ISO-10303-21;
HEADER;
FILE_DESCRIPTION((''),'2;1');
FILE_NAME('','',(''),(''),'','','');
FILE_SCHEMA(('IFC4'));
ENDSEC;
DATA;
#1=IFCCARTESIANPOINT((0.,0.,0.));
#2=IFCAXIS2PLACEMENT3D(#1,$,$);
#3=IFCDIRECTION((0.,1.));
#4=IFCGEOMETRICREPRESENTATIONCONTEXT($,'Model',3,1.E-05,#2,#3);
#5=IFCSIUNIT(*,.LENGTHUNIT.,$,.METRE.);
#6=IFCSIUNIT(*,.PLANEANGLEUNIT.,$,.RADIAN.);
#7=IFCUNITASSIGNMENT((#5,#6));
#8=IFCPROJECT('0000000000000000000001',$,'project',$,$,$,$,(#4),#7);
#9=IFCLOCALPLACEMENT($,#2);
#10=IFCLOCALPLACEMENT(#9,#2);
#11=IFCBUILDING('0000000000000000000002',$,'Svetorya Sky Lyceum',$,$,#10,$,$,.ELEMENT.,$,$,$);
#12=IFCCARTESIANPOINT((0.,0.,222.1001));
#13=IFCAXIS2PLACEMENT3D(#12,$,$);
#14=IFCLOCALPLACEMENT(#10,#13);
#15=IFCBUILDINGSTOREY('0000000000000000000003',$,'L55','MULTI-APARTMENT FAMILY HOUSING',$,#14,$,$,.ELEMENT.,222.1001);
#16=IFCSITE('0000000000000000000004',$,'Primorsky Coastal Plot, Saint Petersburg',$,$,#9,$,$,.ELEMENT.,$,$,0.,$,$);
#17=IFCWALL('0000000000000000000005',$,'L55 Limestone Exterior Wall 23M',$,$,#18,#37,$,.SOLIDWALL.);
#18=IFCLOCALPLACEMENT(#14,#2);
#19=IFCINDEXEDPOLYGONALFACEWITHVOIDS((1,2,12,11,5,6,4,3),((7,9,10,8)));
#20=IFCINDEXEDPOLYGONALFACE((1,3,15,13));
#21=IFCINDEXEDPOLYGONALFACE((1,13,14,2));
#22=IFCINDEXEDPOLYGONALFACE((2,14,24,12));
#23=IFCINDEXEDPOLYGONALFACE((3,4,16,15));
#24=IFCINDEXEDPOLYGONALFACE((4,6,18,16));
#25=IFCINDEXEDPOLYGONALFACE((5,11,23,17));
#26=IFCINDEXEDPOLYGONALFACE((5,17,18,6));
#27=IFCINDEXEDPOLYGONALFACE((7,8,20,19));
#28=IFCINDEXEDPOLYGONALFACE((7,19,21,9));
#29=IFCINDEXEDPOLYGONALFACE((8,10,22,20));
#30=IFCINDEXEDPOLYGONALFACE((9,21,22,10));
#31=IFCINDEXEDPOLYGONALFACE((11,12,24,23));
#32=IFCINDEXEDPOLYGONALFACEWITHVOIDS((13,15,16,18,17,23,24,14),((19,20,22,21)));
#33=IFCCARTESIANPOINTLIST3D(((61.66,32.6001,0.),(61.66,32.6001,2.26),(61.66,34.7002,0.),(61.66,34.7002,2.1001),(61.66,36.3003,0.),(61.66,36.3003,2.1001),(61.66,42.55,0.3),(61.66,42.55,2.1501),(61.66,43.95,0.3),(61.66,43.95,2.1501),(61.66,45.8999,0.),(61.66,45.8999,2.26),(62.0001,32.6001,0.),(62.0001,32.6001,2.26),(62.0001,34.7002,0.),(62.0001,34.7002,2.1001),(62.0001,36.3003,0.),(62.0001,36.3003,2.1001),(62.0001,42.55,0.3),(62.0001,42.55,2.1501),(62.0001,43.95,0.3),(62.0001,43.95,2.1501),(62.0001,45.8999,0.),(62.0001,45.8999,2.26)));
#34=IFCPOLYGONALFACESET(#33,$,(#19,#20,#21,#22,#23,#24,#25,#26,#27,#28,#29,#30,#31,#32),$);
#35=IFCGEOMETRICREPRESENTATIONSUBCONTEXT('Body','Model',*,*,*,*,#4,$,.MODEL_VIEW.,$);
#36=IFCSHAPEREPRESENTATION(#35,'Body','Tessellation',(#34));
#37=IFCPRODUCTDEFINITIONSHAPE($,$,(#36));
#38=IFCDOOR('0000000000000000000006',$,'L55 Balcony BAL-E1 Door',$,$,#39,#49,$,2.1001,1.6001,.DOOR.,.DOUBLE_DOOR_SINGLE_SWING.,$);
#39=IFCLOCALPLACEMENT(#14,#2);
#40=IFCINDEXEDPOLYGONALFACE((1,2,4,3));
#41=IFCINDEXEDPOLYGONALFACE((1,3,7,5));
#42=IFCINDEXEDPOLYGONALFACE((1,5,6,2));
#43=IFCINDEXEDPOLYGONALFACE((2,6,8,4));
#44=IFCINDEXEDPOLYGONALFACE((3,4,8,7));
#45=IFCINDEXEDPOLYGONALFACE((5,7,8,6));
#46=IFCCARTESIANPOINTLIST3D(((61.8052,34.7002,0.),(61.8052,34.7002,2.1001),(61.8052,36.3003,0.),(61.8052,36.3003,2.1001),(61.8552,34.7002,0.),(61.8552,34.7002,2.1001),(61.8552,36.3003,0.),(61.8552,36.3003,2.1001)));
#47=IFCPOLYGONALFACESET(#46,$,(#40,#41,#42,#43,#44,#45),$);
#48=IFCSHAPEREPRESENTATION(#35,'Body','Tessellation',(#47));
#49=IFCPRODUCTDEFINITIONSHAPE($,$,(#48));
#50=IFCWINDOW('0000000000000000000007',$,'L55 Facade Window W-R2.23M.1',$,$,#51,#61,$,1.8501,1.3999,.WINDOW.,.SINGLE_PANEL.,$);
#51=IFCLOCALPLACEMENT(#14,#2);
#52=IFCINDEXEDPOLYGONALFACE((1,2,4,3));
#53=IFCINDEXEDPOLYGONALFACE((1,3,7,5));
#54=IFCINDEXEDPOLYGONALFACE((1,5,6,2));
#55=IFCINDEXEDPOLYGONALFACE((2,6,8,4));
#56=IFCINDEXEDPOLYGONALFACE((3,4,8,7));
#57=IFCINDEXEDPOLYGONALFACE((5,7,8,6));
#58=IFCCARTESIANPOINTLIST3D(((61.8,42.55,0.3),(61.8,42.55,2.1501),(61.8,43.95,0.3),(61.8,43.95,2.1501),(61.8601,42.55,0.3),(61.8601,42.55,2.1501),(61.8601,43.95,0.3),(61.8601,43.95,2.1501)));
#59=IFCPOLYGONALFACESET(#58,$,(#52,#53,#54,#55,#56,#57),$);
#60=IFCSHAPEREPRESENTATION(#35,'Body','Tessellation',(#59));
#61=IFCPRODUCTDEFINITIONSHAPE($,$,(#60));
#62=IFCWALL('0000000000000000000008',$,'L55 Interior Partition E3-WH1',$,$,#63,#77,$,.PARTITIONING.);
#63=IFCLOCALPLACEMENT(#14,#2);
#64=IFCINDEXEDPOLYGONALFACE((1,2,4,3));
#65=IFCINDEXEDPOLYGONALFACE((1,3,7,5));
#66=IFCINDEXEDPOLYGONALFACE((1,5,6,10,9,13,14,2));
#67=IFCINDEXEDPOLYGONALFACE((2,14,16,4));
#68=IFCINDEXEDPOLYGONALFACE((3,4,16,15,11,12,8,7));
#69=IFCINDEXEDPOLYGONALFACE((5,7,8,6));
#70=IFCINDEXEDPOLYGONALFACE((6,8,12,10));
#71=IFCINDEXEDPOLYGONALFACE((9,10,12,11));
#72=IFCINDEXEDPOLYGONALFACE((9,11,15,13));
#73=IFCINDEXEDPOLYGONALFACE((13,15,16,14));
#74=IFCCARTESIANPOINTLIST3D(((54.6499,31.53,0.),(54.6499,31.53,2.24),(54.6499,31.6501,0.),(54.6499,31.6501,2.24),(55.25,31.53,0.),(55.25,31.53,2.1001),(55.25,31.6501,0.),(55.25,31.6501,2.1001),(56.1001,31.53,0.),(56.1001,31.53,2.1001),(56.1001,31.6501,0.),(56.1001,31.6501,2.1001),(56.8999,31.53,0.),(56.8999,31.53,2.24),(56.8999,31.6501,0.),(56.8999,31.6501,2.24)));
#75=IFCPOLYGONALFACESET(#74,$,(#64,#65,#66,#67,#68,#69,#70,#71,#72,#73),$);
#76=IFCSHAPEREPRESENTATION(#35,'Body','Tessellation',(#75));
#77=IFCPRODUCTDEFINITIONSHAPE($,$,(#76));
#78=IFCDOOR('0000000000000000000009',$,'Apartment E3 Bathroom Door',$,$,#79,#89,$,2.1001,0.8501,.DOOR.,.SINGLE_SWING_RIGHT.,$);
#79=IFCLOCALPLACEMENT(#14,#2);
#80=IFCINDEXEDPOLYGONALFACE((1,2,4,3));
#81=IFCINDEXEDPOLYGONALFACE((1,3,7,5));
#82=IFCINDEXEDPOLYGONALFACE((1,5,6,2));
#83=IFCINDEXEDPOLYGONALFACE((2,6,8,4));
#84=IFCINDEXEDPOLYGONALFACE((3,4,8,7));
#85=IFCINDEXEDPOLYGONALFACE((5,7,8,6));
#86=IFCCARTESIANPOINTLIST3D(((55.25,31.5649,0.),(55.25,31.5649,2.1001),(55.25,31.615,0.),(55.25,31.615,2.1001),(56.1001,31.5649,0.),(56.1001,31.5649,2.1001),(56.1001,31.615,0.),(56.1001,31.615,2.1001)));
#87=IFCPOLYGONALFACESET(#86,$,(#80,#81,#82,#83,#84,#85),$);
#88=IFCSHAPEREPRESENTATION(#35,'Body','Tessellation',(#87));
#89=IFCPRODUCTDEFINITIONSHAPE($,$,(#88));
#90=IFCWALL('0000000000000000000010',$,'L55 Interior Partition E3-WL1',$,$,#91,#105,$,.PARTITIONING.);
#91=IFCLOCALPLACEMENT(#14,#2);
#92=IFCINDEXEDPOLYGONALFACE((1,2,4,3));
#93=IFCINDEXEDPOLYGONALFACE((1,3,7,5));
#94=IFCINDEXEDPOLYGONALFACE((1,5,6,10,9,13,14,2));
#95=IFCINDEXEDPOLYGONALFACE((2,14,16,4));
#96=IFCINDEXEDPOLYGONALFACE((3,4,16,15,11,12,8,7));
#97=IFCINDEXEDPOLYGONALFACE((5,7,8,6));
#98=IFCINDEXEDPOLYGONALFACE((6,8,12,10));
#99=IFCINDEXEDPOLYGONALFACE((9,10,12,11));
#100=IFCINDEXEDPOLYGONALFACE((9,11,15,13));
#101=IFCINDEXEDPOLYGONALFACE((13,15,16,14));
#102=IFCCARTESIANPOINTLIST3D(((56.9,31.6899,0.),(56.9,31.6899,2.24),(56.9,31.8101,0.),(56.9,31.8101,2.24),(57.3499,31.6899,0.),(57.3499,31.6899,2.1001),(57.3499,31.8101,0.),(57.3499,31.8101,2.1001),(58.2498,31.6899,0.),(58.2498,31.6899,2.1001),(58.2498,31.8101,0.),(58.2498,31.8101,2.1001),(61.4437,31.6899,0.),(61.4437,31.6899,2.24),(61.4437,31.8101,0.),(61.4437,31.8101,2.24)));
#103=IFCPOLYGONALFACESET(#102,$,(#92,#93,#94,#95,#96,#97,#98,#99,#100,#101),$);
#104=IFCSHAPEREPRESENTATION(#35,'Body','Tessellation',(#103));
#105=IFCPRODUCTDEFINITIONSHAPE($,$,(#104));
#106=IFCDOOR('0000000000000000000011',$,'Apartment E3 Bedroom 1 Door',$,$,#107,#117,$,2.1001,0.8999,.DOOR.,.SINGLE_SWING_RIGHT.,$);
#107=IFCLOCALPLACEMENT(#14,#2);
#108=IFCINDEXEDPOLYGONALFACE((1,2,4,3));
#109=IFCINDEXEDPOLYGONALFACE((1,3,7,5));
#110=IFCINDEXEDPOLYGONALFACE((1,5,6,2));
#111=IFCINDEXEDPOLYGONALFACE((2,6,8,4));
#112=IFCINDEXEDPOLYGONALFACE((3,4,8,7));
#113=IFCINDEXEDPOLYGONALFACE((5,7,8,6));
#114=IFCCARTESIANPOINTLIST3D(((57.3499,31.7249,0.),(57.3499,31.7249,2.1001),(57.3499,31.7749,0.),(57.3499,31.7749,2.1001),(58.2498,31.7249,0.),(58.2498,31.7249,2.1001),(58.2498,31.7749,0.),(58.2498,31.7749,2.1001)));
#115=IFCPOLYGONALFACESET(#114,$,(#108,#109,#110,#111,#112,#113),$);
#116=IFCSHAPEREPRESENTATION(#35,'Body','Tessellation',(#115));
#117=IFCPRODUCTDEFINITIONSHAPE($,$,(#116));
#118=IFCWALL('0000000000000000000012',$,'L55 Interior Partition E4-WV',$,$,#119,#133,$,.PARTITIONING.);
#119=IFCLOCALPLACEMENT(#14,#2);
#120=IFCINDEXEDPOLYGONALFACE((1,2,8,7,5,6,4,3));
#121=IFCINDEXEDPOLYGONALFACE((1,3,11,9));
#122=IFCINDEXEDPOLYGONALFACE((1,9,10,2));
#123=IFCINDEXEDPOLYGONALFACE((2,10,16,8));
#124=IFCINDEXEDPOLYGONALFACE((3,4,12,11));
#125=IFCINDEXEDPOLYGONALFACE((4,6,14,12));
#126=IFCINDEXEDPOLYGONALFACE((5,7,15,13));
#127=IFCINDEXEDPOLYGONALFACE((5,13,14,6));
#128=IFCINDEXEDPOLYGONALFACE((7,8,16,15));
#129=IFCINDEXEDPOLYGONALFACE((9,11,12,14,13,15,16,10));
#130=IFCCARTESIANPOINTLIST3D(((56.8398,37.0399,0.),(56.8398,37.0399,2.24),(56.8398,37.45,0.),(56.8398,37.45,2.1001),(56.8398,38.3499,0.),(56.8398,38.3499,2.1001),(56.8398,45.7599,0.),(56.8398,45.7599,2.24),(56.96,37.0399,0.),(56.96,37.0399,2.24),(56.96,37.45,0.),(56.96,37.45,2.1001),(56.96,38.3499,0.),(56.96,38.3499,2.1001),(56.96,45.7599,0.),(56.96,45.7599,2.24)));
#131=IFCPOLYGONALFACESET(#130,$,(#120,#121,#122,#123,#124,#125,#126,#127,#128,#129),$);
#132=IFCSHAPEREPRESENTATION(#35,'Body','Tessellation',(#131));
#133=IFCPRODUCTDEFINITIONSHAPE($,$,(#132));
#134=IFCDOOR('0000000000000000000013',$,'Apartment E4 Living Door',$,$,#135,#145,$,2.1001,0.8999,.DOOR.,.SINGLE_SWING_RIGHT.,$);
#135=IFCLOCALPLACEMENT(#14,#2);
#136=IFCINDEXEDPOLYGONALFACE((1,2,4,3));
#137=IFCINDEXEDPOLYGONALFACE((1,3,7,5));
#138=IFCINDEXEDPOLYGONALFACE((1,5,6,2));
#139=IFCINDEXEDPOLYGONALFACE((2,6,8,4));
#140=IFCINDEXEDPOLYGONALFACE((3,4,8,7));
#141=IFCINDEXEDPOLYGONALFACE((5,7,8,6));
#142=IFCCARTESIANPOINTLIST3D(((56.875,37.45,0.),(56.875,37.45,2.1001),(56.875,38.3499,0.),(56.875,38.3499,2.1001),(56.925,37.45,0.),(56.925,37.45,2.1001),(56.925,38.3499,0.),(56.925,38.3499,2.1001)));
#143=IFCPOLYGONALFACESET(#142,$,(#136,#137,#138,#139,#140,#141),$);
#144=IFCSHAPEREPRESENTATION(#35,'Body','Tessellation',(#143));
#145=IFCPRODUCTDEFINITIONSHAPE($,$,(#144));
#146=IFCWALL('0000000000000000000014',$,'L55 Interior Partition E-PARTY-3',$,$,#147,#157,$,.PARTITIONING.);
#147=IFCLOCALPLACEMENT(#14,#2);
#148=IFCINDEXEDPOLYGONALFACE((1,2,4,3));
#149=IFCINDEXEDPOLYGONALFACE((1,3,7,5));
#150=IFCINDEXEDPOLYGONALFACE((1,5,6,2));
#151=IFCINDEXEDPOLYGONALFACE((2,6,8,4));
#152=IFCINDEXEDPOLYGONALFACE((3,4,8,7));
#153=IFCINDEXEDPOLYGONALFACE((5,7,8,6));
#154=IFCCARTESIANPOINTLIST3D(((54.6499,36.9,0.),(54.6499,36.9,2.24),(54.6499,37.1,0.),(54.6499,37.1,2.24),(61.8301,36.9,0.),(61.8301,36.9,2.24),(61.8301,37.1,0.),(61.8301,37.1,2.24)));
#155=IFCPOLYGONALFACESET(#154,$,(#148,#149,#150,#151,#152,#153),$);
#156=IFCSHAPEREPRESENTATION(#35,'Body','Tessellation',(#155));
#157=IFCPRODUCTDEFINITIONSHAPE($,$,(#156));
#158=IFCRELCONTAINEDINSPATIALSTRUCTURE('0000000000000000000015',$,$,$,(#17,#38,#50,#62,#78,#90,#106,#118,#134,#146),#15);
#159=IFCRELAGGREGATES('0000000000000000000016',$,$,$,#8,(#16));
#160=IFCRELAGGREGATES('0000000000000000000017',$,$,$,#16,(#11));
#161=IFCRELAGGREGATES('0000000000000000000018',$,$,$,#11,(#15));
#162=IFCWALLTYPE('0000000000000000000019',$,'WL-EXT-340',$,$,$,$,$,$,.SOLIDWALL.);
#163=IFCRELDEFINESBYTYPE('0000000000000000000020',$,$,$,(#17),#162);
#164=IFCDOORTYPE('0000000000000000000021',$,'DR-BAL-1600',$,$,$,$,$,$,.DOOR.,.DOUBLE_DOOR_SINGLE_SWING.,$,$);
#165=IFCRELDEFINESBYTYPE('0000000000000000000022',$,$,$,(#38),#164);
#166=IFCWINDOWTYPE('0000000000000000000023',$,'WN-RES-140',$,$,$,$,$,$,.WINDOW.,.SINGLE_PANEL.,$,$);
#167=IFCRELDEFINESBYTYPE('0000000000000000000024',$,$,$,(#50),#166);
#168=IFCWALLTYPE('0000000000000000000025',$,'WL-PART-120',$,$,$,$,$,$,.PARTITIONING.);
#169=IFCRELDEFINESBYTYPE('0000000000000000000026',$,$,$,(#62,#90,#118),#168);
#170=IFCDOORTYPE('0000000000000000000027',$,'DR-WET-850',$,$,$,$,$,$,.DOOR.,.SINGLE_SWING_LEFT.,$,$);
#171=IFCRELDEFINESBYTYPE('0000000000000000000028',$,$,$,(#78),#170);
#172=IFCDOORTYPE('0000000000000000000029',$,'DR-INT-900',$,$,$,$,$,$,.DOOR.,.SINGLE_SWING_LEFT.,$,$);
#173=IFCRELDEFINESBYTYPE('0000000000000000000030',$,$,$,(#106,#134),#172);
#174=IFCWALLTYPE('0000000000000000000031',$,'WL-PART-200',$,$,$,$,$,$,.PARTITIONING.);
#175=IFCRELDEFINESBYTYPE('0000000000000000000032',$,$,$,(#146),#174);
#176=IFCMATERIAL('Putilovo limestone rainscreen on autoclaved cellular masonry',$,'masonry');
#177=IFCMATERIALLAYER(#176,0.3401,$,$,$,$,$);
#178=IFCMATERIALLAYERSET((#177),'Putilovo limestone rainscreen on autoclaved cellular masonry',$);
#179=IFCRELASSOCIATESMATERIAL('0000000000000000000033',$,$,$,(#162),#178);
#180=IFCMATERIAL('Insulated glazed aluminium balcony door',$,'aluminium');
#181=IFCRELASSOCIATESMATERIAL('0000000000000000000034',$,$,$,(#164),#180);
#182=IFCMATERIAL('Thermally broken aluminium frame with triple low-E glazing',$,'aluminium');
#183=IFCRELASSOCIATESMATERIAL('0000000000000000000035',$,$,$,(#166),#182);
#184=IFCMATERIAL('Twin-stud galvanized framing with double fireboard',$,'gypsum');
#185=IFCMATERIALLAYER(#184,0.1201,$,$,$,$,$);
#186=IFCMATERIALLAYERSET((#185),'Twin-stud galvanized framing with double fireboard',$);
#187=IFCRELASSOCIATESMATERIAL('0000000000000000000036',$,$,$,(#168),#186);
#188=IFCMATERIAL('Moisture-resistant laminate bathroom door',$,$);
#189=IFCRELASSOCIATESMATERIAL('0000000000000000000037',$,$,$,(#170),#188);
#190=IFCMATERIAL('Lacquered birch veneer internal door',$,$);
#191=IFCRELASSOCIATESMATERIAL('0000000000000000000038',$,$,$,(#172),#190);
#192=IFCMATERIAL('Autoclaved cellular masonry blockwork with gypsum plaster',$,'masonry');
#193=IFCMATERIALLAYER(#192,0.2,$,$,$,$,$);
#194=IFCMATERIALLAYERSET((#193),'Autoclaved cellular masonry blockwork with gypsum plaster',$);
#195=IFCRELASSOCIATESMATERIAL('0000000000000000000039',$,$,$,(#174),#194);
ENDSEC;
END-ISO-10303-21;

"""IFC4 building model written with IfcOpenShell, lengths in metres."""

from ifc_helpers import new_model, si_unit, direction, frame, frame_2d, origin, place, context, subcontext, project, spatial, rectangle, extrude, material, layer, layer_set, type_object, element, fill, save


model = new_model("IFC4")

# Units and contexts
model_context = context("Model", 3, precision=1e-05, world=origin(), true_north=direction((0.0, 1.0)))
body_context = subcontext(model_context, "Body", "Model", "MODEL_VIEW")
ifc_project = project(units=[si_unit("LENGTHUNIT", "METRE"), si_unit("PLANEANGLEUNIT", "RADIAN")], contexts=[model_context])

# Site, building, storey
site_placement = place(None, origin())
site = spatial("IfcSite", under=ifc_project, at=site_placement, Name="Primorsky Coastal Plot, Saint Petersburg", CompositionType="ELEMENT", RefElevation=0.0)
building_placement = place(site_placement, origin())
building = spatial("IfcBuilding", under=site, at=building_placement, Name="Svetorya Sky Lyceum", CompositionType="ELEMENT")
storey_placement = place(building_placement, frame((0.0, 0.0, 222.1001)))
storey = spatial("IfcBuildingStorey", under=building, at=storey_placement, Name="L55", Description="MULTI-APARTMENT FAMILY HOUSING", CompositionType="ELEMENT", Elevation=222.1001)

# Shared definitions
ifc_material_1 = material(Name="Putilovo limestone rainscreen on autoclaved cellular masonry", Category="masonry")
ifc_layer_1 = layer(ifc_material_1, 0.3401)
ifc_layer_set_1 = layer_set([ifc_layer_1], Name="Putilovo limestone rainscreen on autoclaved cellular masonry")
wall_type_1 = type_object("IfcWallType", Name="WL-EXT-340", PredefinedType="SOLIDWALL", material=ifc_layer_set_1)

# Wall, openings, door, window
wall_1_placement = place(storey_placement, frame((61.8301, 32.6001, 0.0), z_axis=(0.0, 0.0, 1.0), x_axis=(0.0, 1.0, 0.0)))
wall_1 = element("IfcWall", 1, at=wall_1_placement, inside=storey, type_object=wall_type_1, Name="L55 Limestone Exterior Wall 23M", PredefinedType="SOLIDWALL", context=body_context, shape_type="SweptSolid", body=[
    extrude(rectangle(XDim=13.2998, YDim=0.3401, at=frame_2d((6.6499, 0.0))), origin(), (0.0, 0.0, 1.0), 2.26),
])
opening_1_placement = place(wall_1_placement, frame((2.1001, 0.0, 0.0)))
opening_1 = element("IfcOpeningElement", 2, at=opening_1_placement, cuts=wall_1, PredefinedType="OPENING", context=body_context, shape_type="SweptSolid", body=[
    extrude(rectangle(XDim=1.6001, YDim=2.1001, at=frame_2d((0.8, 1.05))), frame((0.0, 0.1799, 0.0), z_axis=(0.0, -1.0, 0.0), x_axis=(1.0, 0.0, 0.0)), (0.0, 0.0, 1.0), 0.3601),
])
opening_2_placement = place(wall_1_placement, frame((9.95, 0.0, 0.3)))
opening_2 = element("IfcOpeningElement", 3, at=opening_2_placement, cuts=wall_1, PredefinedType="OPENING", context=body_context, shape_type="SweptSolid", body=[
    extrude(rectangle(XDim=1.3999, YDim=1.8501, at=frame_2d((0.7, 0.925))), frame((0.0, 0.1799, 0.0), z_axis=(0.0, -1.0, 0.0), x_axis=(1.0, 0.0, 0.0)), (0.0, 0.0, 1.0), 0.3601),
])
ifc_material_2 = material(Name="Insulated glazed aluminium balcony door", Category="aluminium")
door_type_1 = type_object("IfcDoorType", Name="DR-BAL-1600", OperationType="DOUBLE_DOOR_SINGLE_SWING", PredefinedType="DOOR", material=ifc_material_2)
door_1_placement = place(opening_1_placement, origin())
door_1 = element("IfcDoor", 4, at=door_1_placement, inside=storey, type_object=door_type_1, Name="L55 Balcony BAL-E1 Door", OperationType="DOUBLE_DOOR_SINGLE_SWING", OverallHeight=2.1001, OverallWidth=1.6001, PredefinedType="DOOR", context=body_context, shape_type="SweptSolid", body=[
    extrude(rectangle(XDim=1.6001, YDim=2.1001, at=frame_2d((0.8, 1.05))), frame((0.0, 0.0249, 0.0), z_axis=(0.0, -1.0, 0.0), x_axis=(1.0, 0.0, 0.0)), (0.0, 0.0, 1.0), 0.05),
])
fill(opening_1, door_1)
ifc_material_3 = material(Name="Thermally broken aluminium frame with triple low-E glazing", Category="aluminium")
window_type = type_object("IfcWindowType", Name="WN-RES-140", PartitioningType="SINGLE_PANEL", PredefinedType="WINDOW", material=ifc_material_3)
window_placement = place(opening_2_placement, origin())
window = element("IfcWindow", 5, at=window_placement, inside=storey, type_object=window_type, Name="L55 Facade Window W-R2.23M.1", OverallHeight=1.8501, OverallWidth=1.3999, PartitioningType="SINGLE_PANEL", PredefinedType="WINDOW", context=body_context, shape_type="SweptSolid", body=[
    extrude(rectangle(XDim=1.3999, YDim=1.8501, at=frame_2d((0.7, 0.925))), frame((0.0, 0.03, 0.0), z_axis=(0.0, -1.0, 0.0), x_axis=(1.0, 0.0, 0.0)), (0.0, 0.0, 1.0), 0.0601),
])
fill(opening_2, window)

# Walls, openings, doors
ifc_material_4 = material(Name="Twin-stud galvanized framing with double fireboard", Category="gypsum")
ifc_layer_2 = layer(ifc_material_4, 0.1201)
ifc_layer_set_2 = layer_set([ifc_layer_2], Name="Twin-stud galvanized framing with double fireboard")
wall_type_2 = type_object("IfcWallType", Name="WL-PART-120", PredefinedType="PARTITIONING", material=ifc_layer_set_2)
wall_2_placement = place(storey_placement, frame((54.6499, 31.5901, 0.0), z_axis=(0.0, 0.0, 1.0), x_axis=(1.0, 0.0, 0.0)))
wall_2 = element("IfcWall", 6, at=wall_2_placement, inside=storey, type_object=wall_type_2, Name="L55 Interior Partition E3-WH1", PredefinedType="PARTITIONING", context=body_context, shape_type="SweptSolid", body=[
    extrude(rectangle(XDim=2.25, YDim=0.1201, at=frame_2d((1.125, 0.0))), origin(), (0.0, 0.0, 1.0), 2.24),
])
opening_3_placement = place(wall_2_placement, frame((0.6001, 0.0, 0.0)))
opening_3 = element("IfcOpeningElement", 7, at=opening_3_placement, cuts=wall_2, PredefinedType="OPENING", context=body_context, shape_type="SweptSolid", body=[
    extrude(rectangle(XDim=0.8501, YDim=2.1001, at=frame_2d((0.425, 1.05))), frame((0.0, 0.0701, 0.0), z_axis=(0.0, -1.0, 0.0), x_axis=(1.0, 0.0, 0.0)), (0.0, 0.0, 1.0), 0.1401),
])
ifc_material_5 = material(Name="Moisture-resistant laminate bathroom door")
door_type_2 = type_object("IfcDoorType", Name="DR-WET-850", OperationType="SINGLE_SWING_LEFT", PredefinedType="DOOR", material=ifc_material_5)
door_2_placement = place(opening_3_placement, origin())
door_2 = element("IfcDoor", 8, at=door_2_placement, inside=storey, type_object=door_type_2, Name="Apartment E3 Bathroom Door", OperationType="SINGLE_SWING_RIGHT", OverallHeight=2.1001, OverallWidth=0.8501, PredefinedType="DOOR", context=body_context, shape_type="SweptSolid", body=[
    extrude(rectangle(XDim=0.8501, YDim=2.1001, at=frame_2d((0.425, 1.05))), frame((0.0, 0.0249, 0.0), z_axis=(0.0, -1.0, 0.0), x_axis=(1.0, 0.0, 0.0)), (0.0, 0.0, 1.0), 0.05),
])
fill(opening_3, door_2)
wall_3_placement = place(storey_placement, frame((56.8999, 31.75, 0.0), z_axis=(0.0, 0.0, 1.0), x_axis=(1.0, 0.0, 0.0)))
wall_3 = element("IfcWall", 9, at=wall_3_placement, inside=storey, type_object=wall_type_2, Name="L55 Interior Partition E3-WL1", PredefinedType="PARTITIONING", context=body_context, shape_type="SweptSolid", body=[
    extrude(rectangle(XDim=4.5437, YDim=0.1201, at=frame_2d((2.272, 0.0))), origin(), (0.0, 0.0, 1.0), 2.24),
])
opening_4_placement = place(wall_3_placement, frame((0.45, 0.0, 0.0)))
opening_4 = element("IfcOpeningElement", 10, at=opening_4_placement, cuts=wall_3, PredefinedType="OPENING", context=body_context, shape_type="SweptSolid", body=[
    extrude(rectangle(XDim=0.8999, YDim=2.1001, at=frame_2d((0.45, 1.05))), frame((0.0, 0.0701, 0.0), z_axis=(0.0, -1.0, 0.0), x_axis=(1.0, 0.0, 0.0)), (0.0, 0.0, 1.0), 0.1401),
])
ifc_material_6 = material(Name="Lacquered birch veneer internal door")
door_type_3 = type_object("IfcDoorType", Name="DR-INT-900", OperationType="SINGLE_SWING_LEFT", PredefinedType="DOOR", material=ifc_material_6)
door_3_placement = place(opening_4_placement, origin())
door_3 = element("IfcDoor", 11, at=door_3_placement, inside=storey, type_object=door_type_3, Name="Apartment E3 Bedroom 1 Door", OperationType="SINGLE_SWING_RIGHT", OverallHeight=2.1001, OverallWidth=0.8999, PredefinedType="DOOR", context=body_context, shape_type="SweptSolid", body=[
    extrude(rectangle(XDim=0.8999, YDim=2.1001, at=frame_2d((0.45, 1.05))), frame((0.0, 0.0249, 0.0), z_axis=(0.0, -1.0, 0.0), x_axis=(1.0, 0.0, 0.0)), (0.0, 0.0, 1.0), 0.05),
])
fill(opening_4, door_3)
wall_4_placement = place(storey_placement, frame((56.8999, 37.04, 0.0), z_axis=(0.0, 0.0, 1.0), x_axis=(0.0, 1.0, 0.0)))
wall_4 = element("IfcWall", 12, at=wall_4_placement, inside=storey, type_object=wall_type_2, Name="L55 Interior Partition E4-WV", PredefinedType="PARTITIONING", context=body_context, shape_type="SweptSolid", body=[
    extrude(rectangle(XDim=8.72, YDim=0.1201, at=frame_2d((4.3599, 0.0))), origin(), (0.0, 0.0, 1.0), 2.24),
])
opening_5_placement = place(wall_4_placement, frame((0.4099, 0.0, 0.0)))
opening_5 = element("IfcOpeningElement", 13, at=opening_5_placement, cuts=wall_4, PredefinedType="OPENING", context=body_context, shape_type="SweptSolid", body=[
    extrude(rectangle(XDim=0.8999, YDim=2.1001, at=frame_2d((0.45, 1.05))), frame((0.0, 0.0701, 0.0), z_axis=(0.0, -1.0, 0.0), x_axis=(1.0, 0.0, 0.0)), (0.0, 0.0, 1.0), 0.1401),
])
door_4_placement = place(opening_5_placement, origin())
door_4 = element("IfcDoor", 14, at=door_4_placement, inside=storey, type_object=door_type_3, Name="Apartment E4 Living Door", OperationType="SINGLE_SWING_RIGHT", OverallHeight=2.1001, OverallWidth=0.8999, PredefinedType="DOOR", context=body_context, shape_type="SweptSolid", body=[
    extrude(rectangle(XDim=0.8999, YDim=2.1001, at=frame_2d((0.45, 1.05))), frame((0.0, 0.0249, 0.0), z_axis=(0.0, -1.0, 0.0), x_axis=(1.0, 0.0, 0.0)), (0.0, 0.0, 1.0), 0.05),
])
fill(opening_5, door_4)

# Wall
ifc_material_7 = material(Name="Autoclaved cellular masonry blockwork with gypsum plaster", Category="masonry")
ifc_layer_3 = layer(ifc_material_7, 0.2)
ifc_layer_set_3 = layer_set([ifc_layer_3], Name="Autoclaved cellular masonry blockwork with gypsum plaster")
wall_type_3 = type_object("IfcWallType", Name="WL-PART-200", PredefinedType="PARTITIONING", material=ifc_layer_set_3)
wall_5_placement = place(storey_placement, frame((54.6499, 37.0, 0.0), z_axis=(0.0, 0.0, 1.0), x_axis=(1.0, 0.0, 0.0)))
element("IfcWall", 15, at=wall_5_placement, inside=storey, type_object=wall_type_3, Name="L55 Interior Partition E-PARTY-3", PredefinedType="PARTITIONING", context=body_context, shape_type="SweptSolid", body=[
    extrude(rectangle(XDim=7.1802, YDim=0.2, at=frame_2d((3.5901, 0.0))), origin(), (0.0, 0.0, 1.0), 2.24),
])

save(model, "model.ifc")
